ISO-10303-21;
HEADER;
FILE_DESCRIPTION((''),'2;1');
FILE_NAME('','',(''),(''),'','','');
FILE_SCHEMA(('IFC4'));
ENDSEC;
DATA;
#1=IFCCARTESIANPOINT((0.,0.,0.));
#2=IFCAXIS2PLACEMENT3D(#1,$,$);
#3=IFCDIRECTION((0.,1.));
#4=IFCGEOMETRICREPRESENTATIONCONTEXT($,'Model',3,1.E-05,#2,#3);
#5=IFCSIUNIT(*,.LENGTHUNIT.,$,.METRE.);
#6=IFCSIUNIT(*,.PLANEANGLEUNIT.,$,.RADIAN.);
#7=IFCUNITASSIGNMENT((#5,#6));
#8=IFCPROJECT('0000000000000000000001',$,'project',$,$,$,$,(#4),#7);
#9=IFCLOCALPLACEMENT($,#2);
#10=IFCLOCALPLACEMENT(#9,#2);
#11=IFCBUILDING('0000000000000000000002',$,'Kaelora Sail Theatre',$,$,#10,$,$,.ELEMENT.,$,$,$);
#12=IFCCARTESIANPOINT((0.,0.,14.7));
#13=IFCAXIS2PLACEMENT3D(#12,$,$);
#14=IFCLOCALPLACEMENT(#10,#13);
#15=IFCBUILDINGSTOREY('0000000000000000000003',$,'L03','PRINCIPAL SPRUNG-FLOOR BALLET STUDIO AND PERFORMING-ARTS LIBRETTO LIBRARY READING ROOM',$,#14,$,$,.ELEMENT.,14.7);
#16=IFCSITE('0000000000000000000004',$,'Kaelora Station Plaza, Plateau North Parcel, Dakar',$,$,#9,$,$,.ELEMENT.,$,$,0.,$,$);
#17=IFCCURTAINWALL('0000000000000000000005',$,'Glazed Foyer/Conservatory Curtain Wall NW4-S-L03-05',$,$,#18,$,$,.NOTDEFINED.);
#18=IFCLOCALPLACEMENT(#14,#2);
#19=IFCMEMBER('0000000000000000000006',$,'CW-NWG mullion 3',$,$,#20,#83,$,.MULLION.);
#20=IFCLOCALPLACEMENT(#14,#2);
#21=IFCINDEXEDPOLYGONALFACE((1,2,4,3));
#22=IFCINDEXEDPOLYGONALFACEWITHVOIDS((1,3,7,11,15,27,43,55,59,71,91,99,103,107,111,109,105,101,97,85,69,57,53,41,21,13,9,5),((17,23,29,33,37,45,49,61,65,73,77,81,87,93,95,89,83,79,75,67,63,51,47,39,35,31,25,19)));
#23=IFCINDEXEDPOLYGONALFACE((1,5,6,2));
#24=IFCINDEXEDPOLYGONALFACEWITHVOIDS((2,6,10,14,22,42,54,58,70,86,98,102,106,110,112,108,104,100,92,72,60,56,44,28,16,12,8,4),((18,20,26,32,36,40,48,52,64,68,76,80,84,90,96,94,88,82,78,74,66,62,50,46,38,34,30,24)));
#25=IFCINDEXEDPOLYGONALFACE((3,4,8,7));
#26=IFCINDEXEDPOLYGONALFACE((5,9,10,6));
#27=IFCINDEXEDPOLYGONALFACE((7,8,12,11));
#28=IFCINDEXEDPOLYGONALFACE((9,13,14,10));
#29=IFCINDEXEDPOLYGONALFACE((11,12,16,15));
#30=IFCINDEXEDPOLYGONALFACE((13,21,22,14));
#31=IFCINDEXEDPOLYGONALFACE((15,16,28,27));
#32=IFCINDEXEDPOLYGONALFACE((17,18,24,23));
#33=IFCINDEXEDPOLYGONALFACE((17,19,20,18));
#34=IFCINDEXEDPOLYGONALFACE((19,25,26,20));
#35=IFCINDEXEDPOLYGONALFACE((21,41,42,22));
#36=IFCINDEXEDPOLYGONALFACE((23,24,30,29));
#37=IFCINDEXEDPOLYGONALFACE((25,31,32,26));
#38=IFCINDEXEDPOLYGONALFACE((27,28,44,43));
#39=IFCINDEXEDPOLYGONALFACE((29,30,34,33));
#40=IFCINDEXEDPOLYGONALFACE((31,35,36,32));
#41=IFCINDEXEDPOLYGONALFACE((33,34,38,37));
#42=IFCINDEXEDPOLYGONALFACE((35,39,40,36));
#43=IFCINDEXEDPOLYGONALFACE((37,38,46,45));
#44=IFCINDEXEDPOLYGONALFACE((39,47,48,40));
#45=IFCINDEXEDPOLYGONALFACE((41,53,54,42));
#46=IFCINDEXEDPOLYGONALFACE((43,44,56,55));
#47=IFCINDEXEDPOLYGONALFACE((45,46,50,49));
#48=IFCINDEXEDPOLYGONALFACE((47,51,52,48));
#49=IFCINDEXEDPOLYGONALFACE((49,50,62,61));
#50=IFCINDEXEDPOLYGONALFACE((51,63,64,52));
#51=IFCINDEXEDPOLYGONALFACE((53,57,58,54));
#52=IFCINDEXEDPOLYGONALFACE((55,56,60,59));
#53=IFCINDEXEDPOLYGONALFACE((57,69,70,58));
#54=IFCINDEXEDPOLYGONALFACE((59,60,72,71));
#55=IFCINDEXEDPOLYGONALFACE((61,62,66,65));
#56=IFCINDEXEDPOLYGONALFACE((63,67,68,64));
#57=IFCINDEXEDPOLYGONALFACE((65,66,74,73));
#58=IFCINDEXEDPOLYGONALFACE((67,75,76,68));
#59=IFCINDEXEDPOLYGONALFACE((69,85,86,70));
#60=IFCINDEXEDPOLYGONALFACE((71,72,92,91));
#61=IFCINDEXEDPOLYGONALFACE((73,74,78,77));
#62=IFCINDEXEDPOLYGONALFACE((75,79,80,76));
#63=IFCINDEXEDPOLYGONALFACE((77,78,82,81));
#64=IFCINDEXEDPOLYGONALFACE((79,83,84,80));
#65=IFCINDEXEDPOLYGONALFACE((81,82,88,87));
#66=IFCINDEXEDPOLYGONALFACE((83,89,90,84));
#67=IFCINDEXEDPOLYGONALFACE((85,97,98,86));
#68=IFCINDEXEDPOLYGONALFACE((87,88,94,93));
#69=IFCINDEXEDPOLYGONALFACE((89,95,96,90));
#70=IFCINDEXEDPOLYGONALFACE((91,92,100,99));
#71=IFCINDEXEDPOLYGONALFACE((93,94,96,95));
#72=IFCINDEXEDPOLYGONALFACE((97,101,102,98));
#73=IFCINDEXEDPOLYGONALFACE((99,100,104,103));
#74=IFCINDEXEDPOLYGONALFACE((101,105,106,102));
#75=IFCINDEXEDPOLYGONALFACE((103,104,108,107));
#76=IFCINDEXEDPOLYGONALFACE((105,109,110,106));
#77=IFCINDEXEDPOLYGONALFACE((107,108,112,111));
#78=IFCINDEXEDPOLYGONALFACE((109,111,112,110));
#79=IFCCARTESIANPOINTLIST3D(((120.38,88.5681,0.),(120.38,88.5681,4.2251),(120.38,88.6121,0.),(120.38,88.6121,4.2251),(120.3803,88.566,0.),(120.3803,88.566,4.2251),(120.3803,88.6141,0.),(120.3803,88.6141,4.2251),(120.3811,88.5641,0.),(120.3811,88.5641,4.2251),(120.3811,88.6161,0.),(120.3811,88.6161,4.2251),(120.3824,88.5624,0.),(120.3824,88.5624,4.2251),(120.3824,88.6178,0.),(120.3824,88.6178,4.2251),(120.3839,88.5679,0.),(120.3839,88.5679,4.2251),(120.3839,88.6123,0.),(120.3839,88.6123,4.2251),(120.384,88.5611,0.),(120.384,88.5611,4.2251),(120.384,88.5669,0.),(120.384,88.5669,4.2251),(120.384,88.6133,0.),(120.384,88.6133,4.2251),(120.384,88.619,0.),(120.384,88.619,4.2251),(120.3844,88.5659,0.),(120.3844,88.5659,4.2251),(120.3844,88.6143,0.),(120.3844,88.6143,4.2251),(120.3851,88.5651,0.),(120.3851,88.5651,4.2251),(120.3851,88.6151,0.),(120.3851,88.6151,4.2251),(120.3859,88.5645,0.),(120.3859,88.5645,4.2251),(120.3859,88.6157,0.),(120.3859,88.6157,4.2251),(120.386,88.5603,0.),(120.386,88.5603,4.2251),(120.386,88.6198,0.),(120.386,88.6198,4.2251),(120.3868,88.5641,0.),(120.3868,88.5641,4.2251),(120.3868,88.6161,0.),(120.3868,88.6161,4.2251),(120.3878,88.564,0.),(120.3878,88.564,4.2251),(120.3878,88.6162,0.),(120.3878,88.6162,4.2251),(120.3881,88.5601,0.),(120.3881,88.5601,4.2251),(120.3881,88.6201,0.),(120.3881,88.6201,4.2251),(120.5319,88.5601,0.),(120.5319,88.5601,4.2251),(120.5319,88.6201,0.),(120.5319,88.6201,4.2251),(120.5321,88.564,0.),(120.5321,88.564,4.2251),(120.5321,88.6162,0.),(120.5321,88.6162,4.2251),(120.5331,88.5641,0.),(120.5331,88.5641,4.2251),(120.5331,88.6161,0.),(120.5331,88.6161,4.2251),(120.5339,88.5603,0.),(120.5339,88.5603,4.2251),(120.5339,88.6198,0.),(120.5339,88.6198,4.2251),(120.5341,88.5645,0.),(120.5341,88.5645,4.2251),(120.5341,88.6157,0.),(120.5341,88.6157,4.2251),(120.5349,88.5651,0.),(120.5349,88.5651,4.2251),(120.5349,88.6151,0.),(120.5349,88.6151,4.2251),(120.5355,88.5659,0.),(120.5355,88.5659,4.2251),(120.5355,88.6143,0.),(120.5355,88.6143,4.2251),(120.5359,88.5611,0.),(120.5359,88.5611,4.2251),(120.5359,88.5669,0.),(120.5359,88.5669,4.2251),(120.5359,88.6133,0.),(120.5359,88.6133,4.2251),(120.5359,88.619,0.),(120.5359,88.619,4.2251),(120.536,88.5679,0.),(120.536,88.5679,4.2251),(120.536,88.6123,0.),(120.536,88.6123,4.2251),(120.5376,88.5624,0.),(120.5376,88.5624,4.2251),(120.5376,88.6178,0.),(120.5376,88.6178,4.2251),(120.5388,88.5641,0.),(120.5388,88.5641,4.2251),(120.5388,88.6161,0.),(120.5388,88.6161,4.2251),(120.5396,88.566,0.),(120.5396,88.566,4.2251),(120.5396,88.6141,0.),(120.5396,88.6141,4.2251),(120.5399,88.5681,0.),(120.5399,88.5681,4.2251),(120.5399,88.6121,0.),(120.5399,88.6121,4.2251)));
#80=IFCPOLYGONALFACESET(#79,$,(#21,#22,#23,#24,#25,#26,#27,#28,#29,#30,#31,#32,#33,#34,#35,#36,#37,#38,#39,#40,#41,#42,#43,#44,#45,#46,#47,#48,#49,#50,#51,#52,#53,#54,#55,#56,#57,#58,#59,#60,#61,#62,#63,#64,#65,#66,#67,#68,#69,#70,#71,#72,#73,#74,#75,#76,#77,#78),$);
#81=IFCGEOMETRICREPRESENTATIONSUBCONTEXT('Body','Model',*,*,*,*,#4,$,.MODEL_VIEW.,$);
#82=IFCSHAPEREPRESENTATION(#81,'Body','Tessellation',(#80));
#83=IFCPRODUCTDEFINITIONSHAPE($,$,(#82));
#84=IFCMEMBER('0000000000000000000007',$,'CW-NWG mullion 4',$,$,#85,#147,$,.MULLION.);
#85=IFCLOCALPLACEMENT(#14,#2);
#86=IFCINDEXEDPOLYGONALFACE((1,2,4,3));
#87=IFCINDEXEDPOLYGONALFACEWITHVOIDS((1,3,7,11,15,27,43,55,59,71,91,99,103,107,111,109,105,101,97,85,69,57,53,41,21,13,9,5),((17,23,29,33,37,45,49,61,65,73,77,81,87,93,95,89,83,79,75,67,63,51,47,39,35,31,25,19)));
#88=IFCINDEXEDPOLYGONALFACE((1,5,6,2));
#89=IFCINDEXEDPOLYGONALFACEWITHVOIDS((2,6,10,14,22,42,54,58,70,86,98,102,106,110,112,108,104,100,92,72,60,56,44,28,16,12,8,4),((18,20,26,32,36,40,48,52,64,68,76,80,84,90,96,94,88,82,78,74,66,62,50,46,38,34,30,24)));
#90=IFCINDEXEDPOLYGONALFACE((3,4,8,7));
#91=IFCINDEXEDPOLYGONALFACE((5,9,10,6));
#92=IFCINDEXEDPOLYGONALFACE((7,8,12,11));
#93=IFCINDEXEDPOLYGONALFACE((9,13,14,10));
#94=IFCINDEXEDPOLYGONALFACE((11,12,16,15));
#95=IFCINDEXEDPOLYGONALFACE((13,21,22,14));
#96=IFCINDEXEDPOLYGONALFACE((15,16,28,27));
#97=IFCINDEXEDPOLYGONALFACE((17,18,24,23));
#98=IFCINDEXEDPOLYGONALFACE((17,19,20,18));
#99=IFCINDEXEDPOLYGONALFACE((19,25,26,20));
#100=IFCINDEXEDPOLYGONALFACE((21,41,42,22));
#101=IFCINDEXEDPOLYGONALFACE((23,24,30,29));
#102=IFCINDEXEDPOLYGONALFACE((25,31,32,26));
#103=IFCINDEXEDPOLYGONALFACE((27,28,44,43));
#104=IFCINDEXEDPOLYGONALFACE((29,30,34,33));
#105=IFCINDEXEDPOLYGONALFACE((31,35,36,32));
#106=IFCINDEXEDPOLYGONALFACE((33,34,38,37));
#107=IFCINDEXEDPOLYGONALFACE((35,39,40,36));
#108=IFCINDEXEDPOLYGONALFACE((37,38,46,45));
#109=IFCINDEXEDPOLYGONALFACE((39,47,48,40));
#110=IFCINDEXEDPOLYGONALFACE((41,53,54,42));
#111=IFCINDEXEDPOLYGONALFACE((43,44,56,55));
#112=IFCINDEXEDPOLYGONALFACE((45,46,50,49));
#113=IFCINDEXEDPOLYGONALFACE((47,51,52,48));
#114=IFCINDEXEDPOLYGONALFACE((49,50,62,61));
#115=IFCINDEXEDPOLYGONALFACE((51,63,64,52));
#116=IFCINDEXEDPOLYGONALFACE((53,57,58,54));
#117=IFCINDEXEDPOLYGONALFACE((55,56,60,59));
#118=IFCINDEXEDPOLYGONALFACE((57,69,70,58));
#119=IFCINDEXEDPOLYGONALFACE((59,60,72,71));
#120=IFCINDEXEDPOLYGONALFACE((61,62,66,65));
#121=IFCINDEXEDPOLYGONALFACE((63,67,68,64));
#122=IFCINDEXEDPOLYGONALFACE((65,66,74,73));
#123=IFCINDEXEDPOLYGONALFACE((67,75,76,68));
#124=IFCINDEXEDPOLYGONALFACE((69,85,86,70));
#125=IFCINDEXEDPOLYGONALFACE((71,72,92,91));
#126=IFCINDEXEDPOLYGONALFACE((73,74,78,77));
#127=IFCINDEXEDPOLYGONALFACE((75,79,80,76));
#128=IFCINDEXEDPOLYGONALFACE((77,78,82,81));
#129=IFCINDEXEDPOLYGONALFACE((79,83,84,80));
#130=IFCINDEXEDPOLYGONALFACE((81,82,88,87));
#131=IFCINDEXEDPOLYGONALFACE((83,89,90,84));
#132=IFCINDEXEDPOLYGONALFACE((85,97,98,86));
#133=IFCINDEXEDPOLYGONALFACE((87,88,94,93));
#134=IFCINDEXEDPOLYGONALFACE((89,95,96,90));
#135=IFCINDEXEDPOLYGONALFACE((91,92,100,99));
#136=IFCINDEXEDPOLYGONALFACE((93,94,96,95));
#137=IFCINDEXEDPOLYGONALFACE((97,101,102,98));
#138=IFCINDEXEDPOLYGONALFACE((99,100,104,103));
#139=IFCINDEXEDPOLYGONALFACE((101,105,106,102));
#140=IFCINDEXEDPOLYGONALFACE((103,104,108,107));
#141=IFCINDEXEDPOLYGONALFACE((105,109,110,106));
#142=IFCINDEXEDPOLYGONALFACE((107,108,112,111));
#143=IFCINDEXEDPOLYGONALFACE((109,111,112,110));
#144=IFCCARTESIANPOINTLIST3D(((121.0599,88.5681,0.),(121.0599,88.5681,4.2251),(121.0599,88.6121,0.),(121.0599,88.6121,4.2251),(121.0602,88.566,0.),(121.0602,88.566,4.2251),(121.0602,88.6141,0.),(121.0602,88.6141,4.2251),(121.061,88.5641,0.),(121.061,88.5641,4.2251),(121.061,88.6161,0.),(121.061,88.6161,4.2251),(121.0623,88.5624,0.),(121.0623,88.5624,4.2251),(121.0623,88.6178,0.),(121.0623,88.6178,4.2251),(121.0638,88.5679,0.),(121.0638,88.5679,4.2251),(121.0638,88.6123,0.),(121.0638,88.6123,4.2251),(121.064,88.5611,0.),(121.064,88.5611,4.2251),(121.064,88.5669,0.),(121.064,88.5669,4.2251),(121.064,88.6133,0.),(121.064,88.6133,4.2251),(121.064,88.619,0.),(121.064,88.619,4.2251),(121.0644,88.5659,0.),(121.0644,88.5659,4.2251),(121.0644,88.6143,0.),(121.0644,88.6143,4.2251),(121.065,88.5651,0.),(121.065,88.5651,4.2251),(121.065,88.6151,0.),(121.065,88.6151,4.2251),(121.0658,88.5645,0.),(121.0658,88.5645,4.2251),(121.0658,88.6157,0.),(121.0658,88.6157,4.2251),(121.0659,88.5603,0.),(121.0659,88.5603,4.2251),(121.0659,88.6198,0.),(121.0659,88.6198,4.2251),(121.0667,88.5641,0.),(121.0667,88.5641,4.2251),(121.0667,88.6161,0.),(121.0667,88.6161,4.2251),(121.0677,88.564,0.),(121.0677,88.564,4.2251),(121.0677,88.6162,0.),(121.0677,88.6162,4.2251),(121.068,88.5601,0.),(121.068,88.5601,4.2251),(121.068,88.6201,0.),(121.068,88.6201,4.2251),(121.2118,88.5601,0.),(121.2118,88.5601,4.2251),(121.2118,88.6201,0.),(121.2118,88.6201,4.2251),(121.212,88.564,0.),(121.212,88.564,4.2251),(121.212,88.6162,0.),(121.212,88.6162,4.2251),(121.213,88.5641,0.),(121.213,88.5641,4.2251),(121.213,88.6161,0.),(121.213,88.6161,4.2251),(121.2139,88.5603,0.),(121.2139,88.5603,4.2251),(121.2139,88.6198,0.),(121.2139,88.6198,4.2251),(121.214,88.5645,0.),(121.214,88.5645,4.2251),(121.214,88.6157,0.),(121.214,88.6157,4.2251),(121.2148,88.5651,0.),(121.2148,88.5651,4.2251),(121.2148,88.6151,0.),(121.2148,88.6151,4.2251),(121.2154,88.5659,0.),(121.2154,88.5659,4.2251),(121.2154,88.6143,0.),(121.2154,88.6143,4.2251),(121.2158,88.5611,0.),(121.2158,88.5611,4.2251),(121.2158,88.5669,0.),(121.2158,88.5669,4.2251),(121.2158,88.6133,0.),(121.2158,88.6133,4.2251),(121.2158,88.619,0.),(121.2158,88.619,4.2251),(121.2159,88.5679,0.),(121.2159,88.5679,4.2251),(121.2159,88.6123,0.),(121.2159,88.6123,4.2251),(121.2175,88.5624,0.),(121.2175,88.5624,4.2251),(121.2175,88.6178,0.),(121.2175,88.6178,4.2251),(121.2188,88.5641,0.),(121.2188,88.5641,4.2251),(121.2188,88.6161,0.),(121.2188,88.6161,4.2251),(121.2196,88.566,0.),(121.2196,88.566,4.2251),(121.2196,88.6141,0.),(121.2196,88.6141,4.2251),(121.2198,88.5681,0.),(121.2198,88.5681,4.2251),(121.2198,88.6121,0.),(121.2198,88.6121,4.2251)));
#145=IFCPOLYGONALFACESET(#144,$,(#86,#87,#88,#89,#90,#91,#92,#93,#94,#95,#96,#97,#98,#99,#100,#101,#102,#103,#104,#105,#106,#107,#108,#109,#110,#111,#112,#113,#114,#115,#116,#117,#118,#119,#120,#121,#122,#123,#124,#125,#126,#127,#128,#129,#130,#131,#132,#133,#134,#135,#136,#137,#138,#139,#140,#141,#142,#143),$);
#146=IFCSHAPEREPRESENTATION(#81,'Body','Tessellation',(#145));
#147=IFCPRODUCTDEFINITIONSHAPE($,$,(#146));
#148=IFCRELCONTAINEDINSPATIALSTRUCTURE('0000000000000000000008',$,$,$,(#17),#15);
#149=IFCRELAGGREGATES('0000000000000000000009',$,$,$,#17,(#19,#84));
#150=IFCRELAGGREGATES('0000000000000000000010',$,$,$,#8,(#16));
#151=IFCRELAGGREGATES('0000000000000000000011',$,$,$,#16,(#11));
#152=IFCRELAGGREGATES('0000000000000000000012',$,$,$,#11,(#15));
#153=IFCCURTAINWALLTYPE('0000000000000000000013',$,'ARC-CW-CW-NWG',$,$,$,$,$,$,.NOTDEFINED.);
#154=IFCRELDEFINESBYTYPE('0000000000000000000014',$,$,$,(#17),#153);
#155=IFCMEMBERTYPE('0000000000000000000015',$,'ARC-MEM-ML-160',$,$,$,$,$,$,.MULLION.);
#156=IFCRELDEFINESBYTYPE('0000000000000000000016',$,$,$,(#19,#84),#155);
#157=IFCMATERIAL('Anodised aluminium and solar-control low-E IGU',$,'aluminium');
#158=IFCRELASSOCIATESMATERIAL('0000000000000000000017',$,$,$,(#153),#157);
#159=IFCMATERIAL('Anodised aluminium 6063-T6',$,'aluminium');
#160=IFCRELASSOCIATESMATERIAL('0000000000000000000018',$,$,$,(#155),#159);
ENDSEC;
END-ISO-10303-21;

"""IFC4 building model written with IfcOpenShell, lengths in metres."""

from ifc_helpers import new_model, si_unit, direction, frame, origin, origin_2d, place, context, subcontext, project, spatial, hollow_rectangle, extrude, material, material_profile, profile_set, type_object, element, aggregate, save


model = new_model("IFC4")

# Units and contexts
model_context = context("Model", 3, precision=1e-05, world=origin(), true_north=direction((0.0, 1.0)))
body_context = subcontext(model_context, "Body", "Model", "MODEL_VIEW")
ifc_project = project(units=[si_unit("LENGTHUNIT", "METRE"), si_unit("PLANEANGLEUNIT", "RADIAN")], contexts=[model_context])

# Site, building, storey
site_placement = place(None, origin())
site = spatial("IfcSite", under=ifc_project, at=site_placement, Name="Kaelora Station Plaza, Plateau North Parcel, Dakar", CompositionType="ELEMENT", RefElevation=0.0)
building_placement = place(site_placement, origin())
building = spatial("IfcBuilding", under=site, at=building_placement, Name="Kaelora Sail Theatre", CompositionType="ELEMENT")
storey_placement = place(building_placement, frame((0.0, 0.0, 14.7)))
storey = spatial("IfcBuildingStorey", under=building, at=storey_placement, Name="L03", Description="PRINCIPAL SPRUNG-FLOOR BALLET STUDIO AND PERFORMING-ARTS LIBRETTO LIBRARY READING ROOM", CompositionType="ELEMENT", Elevation=14.7)

# Curtain wall, members
ifc_material_1 = material(Name="Anodised aluminium and solar-control low-E IGU", Category="aluminium")
curtain_wall_type = type_object("IfcCurtainWallType", Name="ARC-CW-CW-NWG", PredefinedType="NOTDEFINED", material=ifc_material_1)
ifc_material_2 = material(Name="Anodised aluminium 6063-T6", Category="aluminium")
ifc_material_profile_1 = material_profile(ifc_material_2, hollow_rectangle(XDim=0.0601, YDim=0.1599, WallThickness=0.0039, InnerFilletRadius=0.0039, OuterFilletRadius=0.0081, at=origin_2d()), Name="ALU-MULL 60x160x4")
ifc_profile_set_1 = profile_set([ifc_material_profile_1], Name="Anodised aluminium 6063-T6")
member_type_1 = type_object("IfcMemberType", Name="ARC-MEM-ML-160", PredefinedType="MULLION", material=ifc_profile_set_1)
curtain_wall_1_placement = place(storey_placement, origin())
curtain_wall_1 = element("IfcCurtainWall", 1, at=curtain_wall_1_placement, inside=storey, type_object=curtain_wall_type, Name="Glazed Foyer/Conservatory Curtain Wall NW4-S-L03-05", PredefinedType="NOTDEFINED")
member_1_placement = place(storey_placement, frame((120.46, 88.5901, 0.0), z_axis=(0.0, 0.0, 1.0), x_axis=(0.0, 1.0, 0.0)))
member_1 = element("IfcMember", 2, at=member_1_placement, type_object=member_type_1, Name="CW-NWG mullion 3", PredefinedType="MULLION", context=body_context, shape_type="SweptSolid", body=[
    extrude(hollow_rectangle(XDim=0.0601, YDim=0.1599, WallThickness=0.0039, InnerFilletRadius=0.0039, OuterFilletRadius=0.0081, at=origin_2d()), origin(), (0.0, 0.0, 1.0), 4.2251),
])
member_2_placement = place(storey_placement, frame((121.1399, 88.5901, 0.0), z_axis=(0.0, 0.0, 1.0), x_axis=(0.0, 1.0, 0.0)))
member_2 = element("IfcMember", 3, at=member_2_placement, type_object=member_type_1, Name="CW-NWG mullion 4", PredefinedType="MULLION", context=body_context, shape_type="SweptSolid", body=[
    extrude(hollow_rectangle(XDim=0.0601, YDim=0.1599, WallThickness=0.0039, InnerFilletRadius=0.0039, OuterFilletRadius=0.0081, at=origin_2d()), origin(), (0.0, 0.0, 1.0), 4.2251),
])

aggregate(curtain_wall_1, [member_1, member_2])

save(model, "model.ifc")
